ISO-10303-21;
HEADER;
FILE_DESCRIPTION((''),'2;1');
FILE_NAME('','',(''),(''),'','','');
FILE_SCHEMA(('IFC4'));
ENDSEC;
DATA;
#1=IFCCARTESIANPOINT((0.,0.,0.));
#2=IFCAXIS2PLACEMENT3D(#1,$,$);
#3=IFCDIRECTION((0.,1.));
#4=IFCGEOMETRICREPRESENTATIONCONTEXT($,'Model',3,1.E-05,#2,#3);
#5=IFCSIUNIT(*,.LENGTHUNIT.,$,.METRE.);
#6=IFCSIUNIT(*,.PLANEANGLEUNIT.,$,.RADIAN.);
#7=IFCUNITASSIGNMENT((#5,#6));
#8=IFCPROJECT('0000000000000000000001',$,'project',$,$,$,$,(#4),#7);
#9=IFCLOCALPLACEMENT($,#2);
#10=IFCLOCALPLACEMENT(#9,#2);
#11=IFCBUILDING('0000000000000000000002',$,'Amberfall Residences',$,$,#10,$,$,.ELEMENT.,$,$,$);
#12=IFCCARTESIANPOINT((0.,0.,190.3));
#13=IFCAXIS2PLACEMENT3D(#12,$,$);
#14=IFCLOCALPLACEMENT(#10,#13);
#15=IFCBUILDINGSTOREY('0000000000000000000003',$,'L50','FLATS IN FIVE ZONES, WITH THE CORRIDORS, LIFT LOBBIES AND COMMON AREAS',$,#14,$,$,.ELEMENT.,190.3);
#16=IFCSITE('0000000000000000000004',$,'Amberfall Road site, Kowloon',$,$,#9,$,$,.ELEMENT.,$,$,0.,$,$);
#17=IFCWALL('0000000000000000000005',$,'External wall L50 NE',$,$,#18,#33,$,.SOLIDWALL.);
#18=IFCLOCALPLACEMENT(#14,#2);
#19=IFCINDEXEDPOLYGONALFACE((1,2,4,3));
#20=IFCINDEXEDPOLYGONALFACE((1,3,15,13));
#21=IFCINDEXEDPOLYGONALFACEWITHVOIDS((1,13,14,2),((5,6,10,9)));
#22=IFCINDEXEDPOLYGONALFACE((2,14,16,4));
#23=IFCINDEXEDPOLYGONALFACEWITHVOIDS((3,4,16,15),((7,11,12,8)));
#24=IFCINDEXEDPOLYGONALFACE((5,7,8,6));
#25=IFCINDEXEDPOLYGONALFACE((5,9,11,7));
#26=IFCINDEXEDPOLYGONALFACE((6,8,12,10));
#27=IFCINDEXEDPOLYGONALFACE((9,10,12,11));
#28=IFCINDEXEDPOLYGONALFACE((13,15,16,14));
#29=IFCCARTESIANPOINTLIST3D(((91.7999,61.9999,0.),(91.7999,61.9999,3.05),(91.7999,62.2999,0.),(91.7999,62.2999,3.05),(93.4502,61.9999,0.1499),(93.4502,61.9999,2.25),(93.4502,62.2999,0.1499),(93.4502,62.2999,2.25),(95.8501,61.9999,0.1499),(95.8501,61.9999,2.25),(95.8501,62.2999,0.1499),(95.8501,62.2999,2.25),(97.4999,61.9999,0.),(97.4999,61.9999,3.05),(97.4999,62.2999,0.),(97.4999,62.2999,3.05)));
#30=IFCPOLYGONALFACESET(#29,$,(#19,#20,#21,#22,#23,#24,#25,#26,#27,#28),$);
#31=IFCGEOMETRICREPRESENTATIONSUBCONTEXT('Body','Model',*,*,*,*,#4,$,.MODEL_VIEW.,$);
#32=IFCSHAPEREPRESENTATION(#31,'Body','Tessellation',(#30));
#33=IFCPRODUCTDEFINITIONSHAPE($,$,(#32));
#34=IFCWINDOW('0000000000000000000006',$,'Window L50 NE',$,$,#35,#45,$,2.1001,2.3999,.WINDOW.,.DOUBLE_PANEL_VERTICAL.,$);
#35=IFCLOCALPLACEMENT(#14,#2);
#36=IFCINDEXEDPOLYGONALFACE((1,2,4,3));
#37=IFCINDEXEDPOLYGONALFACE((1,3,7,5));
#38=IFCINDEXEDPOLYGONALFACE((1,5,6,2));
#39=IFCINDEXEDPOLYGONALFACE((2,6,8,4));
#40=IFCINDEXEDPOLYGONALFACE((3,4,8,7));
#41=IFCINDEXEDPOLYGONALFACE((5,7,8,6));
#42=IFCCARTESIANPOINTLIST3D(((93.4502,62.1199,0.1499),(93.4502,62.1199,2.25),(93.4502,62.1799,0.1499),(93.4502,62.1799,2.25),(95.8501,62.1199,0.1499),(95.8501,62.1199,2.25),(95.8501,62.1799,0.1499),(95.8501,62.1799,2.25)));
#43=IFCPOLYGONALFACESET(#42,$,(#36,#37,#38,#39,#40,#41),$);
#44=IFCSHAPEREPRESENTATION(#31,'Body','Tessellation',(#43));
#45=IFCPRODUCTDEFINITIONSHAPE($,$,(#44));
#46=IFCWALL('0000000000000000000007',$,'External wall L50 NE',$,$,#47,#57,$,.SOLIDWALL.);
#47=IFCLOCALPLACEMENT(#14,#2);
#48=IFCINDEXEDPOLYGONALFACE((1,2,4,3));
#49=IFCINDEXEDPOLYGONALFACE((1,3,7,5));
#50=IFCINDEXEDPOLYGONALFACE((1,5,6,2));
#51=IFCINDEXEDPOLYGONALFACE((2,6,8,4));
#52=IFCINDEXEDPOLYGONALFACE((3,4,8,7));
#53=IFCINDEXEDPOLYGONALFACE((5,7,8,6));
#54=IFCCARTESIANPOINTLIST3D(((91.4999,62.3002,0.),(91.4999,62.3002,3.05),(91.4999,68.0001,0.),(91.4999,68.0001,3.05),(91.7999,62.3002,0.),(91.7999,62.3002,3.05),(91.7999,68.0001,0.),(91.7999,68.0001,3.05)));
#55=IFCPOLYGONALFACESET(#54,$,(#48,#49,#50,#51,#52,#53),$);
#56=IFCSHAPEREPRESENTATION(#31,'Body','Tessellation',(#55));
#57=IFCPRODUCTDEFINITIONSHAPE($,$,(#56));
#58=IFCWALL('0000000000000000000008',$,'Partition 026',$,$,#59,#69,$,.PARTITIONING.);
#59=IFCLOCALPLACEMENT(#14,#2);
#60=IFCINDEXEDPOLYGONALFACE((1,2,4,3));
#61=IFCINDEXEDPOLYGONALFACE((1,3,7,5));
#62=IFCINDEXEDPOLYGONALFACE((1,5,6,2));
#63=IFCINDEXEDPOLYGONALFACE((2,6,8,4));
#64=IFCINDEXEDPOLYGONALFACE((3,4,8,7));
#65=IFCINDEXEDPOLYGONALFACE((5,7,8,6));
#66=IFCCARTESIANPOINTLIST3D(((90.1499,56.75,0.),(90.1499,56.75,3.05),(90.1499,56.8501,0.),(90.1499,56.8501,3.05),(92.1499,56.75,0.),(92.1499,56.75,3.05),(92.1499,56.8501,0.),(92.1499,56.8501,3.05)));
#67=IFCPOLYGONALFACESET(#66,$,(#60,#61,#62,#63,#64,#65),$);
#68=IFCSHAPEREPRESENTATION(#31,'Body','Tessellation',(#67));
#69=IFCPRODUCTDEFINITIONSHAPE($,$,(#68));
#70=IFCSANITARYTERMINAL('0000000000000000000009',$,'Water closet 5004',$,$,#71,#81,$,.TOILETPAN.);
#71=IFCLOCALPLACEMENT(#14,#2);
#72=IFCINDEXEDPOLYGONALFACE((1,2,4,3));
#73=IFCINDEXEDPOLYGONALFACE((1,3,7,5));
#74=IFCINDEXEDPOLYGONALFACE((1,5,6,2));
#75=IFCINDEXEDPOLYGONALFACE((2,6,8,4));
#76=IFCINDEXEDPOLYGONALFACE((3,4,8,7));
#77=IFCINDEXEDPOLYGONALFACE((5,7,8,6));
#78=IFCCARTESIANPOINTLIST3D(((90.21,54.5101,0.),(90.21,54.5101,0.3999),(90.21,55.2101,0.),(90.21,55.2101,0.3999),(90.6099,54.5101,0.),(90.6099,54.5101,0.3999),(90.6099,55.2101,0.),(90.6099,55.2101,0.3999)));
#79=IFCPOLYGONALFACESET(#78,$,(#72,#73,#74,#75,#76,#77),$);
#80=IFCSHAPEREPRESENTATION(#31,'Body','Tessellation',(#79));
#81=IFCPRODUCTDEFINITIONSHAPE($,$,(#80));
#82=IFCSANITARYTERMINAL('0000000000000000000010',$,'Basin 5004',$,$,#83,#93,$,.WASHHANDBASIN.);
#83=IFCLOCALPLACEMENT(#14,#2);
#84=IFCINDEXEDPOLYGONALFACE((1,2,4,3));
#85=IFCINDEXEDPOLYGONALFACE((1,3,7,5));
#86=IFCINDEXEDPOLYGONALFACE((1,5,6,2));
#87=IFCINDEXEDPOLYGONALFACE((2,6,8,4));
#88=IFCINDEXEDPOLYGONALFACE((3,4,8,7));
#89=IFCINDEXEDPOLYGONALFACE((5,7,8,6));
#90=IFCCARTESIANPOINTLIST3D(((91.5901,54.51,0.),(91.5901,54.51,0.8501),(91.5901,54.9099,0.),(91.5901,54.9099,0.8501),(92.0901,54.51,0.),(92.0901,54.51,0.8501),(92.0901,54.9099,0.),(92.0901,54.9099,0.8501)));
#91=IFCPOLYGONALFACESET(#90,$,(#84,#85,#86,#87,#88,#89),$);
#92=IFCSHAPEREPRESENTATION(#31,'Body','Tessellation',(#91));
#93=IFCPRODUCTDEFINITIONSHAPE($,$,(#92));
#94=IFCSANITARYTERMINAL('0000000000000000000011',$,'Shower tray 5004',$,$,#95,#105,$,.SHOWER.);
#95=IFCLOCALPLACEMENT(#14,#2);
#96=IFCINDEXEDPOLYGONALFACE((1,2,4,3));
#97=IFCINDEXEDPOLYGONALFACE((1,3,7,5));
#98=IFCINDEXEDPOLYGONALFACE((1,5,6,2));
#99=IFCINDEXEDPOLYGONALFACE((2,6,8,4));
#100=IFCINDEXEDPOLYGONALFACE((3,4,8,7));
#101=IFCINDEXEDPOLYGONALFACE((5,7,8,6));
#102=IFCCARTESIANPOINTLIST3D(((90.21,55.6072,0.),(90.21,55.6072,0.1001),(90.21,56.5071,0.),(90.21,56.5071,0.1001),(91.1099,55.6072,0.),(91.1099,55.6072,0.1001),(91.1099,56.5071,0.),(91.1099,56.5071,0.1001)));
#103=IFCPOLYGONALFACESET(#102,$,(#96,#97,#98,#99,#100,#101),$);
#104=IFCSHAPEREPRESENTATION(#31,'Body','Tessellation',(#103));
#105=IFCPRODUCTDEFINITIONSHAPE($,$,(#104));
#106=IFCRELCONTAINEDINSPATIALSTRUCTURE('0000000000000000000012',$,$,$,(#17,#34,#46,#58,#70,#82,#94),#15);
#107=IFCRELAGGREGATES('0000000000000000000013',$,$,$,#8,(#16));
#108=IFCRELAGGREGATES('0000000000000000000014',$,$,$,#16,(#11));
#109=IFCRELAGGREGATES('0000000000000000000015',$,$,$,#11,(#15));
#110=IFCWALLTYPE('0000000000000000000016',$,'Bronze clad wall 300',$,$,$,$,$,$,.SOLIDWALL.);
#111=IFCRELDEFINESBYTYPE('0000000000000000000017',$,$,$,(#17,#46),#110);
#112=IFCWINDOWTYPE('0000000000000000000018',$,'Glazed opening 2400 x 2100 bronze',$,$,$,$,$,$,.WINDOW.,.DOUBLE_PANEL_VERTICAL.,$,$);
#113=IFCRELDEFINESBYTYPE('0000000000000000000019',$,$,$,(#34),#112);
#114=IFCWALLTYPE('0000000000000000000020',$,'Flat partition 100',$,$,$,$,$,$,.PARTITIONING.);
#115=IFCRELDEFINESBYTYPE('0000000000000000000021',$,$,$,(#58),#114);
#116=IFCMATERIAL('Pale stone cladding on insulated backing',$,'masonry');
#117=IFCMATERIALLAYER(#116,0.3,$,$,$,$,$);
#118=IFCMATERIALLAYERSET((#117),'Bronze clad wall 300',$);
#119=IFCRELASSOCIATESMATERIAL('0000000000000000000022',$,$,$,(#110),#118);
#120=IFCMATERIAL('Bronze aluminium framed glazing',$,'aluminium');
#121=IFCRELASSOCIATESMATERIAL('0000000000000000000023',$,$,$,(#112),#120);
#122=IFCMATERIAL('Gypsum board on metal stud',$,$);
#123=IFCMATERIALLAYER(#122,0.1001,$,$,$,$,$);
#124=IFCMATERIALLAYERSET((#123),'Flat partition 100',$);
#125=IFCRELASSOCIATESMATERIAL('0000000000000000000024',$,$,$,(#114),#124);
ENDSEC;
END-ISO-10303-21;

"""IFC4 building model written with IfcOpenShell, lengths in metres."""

from ifc_helpers import new_model, si_unit, direction, frame, frame_2d, origin, origin_2d, place, context, subcontext, project, spatial, rectangle, extrude, material, layer, layer_set, type_object, element, fill, save


model = new_model("IFC4")

# Units and contexts
model_context = context("Model", 3, precision=1e-05, world=origin(), true_north=direction((0.0, 1.0)))
body_context = subcontext(model_context, "Body", "Model", "MODEL_VIEW")
ifc_project = project(units=[si_unit("LENGTHUNIT", "METRE"), si_unit("PLANEANGLEUNIT", "RADIAN")], contexts=[model_context])

# Site, building, storey
site_placement = place(None, origin())
site = spatial("IfcSite", under=ifc_project, at=site_placement, Name="Amberfall Road site, Kowloon", CompositionType="ELEMENT", RefElevation=0.0)
building_placement = place(site_placement, origin())
building = spatial("IfcBuilding", under=site, at=building_placement, Name="Amberfall Residences", CompositionType="ELEMENT")
storey_placement = place(building_placement, frame((0.0, 0.0, 190.3)))
storey = spatial("IfcBuildingStorey", under=building, at=storey_placement, Name="L50", Description="FLATS IN FIVE ZONES, WITH THE CORRIDORS, LIFT LOBBIES AND COMMON AREAS", CompositionType="ELEMENT", Elevation=190.3)

# Wall, opening, window
ifc_material_1 = material(Name="Pale stone cladding on insulated backing", Category="masonry")
ifc_layer_1 = layer(ifc_material_1, 0.3)
ifc_layer_set_1 = layer_set([ifc_layer_1], Name="Bronze clad wall 300")
wall_type_1 = type_object("IfcWallType", Name="Bronze clad wall 300", PredefinedType="SOLIDWALL", material=ifc_layer_set_1)
wall_1_placement = place(storey_placement, frame((97.5, 62.1499, 0.0), z_axis=(0.0, 0.0, 1.0), x_axis=(-1.0, 0.0, 0.0)))
wall_1 = element("IfcWall", 1, at=wall_1_placement, inside=storey, type_object=wall_type_1, Name="External wall L50 NE", PredefinedType="SOLIDWALL", context=body_context, shape_type="SweptSolid", body=[
    extrude(rectangle(XDim=5.7, YDim=0.3, at=frame_2d((2.8501, 0.0))), origin(), (0.0, 0.0, 1.0), 3.05),
])
opening_placement = place(wall_1_placement, frame((1.6499, 0.0, 0.1499)))
opening = element("IfcOpeningElement", 2, at=opening_placement, cuts=wall_1, PredefinedType="OPENING", context=body_context, shape_type="SweptSolid", body=[
    extrude(rectangle(XDim=2.3999, YDim=2.1001, at=frame_2d((1.2, 1.05))), frame((0.0, 0.1599, 0.0), z_axis=(0.0, -1.0, 0.0), x_axis=(1.0, 0.0, 0.0)), (0.0, 0.0, 1.0), 0.3201),
])
ifc_material_2 = material(Name="Bronze aluminium framed glazing", Category="aluminium")
window_type = type_object("IfcWindowType", Name="Glazed opening 2400 x 2100 bronze", PartitioningType="DOUBLE_PANEL_VERTICAL", PredefinedType="WINDOW", material=ifc_material_2)
window_placement = place(opening_placement, origin())
window = element("IfcWindow", 3, at=window_placement, inside=storey, type_object=window_type, Name="Window L50 NE", OverallHeight=2.1001, OverallWidth=2.3999, PartitioningType="DOUBLE_PANEL_VERTICAL", PredefinedType="WINDOW", context=body_context, shape_type="SweptSolid", body=[
    extrude(rectangle(XDim=2.3999, YDim=2.1001, at=frame_2d((1.2, 1.05))), frame((0.0, 0.03, 0.0), z_axis=(0.0, -1.0, 0.0), x_axis=(1.0, 0.0, 0.0)), (0.0, 0.0, 1.0), 0.0601),
])
fill(opening, window)

# Walls
wall_2_placement = place(storey_placement, frame((91.6499, 62.3, 0.0), z_axis=(0.0, 0.0, 1.0), x_axis=(0.0, 1.0, 0.0)))
element("IfcWall", 4, at=wall_2_placement, inside=storey, type_object=wall_type_1, Name="External wall L50 NE", PredefinedType="SOLIDWALL", context=body_context, shape_type="SweptSolid", body=[
    extrude(rectangle(XDim=5.7, YDim=0.3, at=frame_2d((2.8501, 0.0))), origin(), (0.0, 0.0, 1.0), 3.05),
])
ifc_material_3 = material(Name="Gypsum board on metal stud")
ifc_layer_2 = layer(ifc_material_3, 0.1001)
ifc_layer_set_2 = layer_set([ifc_layer_2], Name="Flat partition 100")
wall_type_2 = type_object("IfcWallType", Name="Flat partition 100", PredefinedType="PARTITIONING", material=ifc_layer_set_2)
wall_3_placement = place(storey_placement, frame((90.1499, 56.8, 0.0), z_axis=(0.0, 0.0, 1.0), x_axis=(1.0, 0.0, 0.0)))
element("IfcWall", 5, at=wall_3_placement, inside=storey, type_object=wall_type_2, Name="Partition 026", PredefinedType="PARTITIONING", context=body_context, shape_type="SweptSolid", body=[
    extrude(rectangle(XDim=2.0, YDim=0.1001, at=frame_2d((1.0, 0.0))), origin(), (0.0, 0.0, 1.0), 3.05),
])

# Sanitary terminals
sanitary_terminal_1_placement = place(storey_placement, frame((90.4099, 54.8601, 0.0), z_axis=(0.0, 0.0, 1.0), x_axis=(1.0, 0.0, 0.0)))
element("IfcSanitaryTerminal", 6, at=sanitary_terminal_1_placement, inside=storey, Name="Water closet 5004", PredefinedType="TOILETPAN", context=body_context, shape_type="SweptSolid", body=[
    extrude(rectangle(XDim=0.3999, YDim=0.7, at=origin_2d()), origin(), (0.0, 0.0, 1.0), 0.3999),
])
sanitary_terminal_2_placement = place(storey_placement, frame((91.8401, 54.71, 0.0), z_axis=(0.0, 0.0, 1.0), x_axis=(1.0, 0.0, 0.0)))
element("IfcSanitaryTerminal", 7, at=sanitary_terminal_2_placement, inside=storey, Name="Basin 5004", PredefinedType="WASHHANDBASIN", context=body_context, shape_type="SweptSolid", body=[
    extrude(rectangle(XDim=0.5, YDim=0.3999, at=origin_2d()), origin(), (0.0, 0.0, 1.0), 0.8501),
])
sanitary_terminal_3_placement = place(storey_placement, frame((90.6599, 56.0571, 0.0), z_axis=(0.0, 0.0, 1.0), x_axis=(1.0, 0.0, 0.0)))
element("IfcSanitaryTerminal", 8, at=sanitary_terminal_3_placement, inside=storey, Name="Shower tray 5004", PredefinedType="SHOWER", context=body_context, shape_type="SweptSolid", body=[
    extrude(rectangle(XDim=0.8999, YDim=0.8999, at=origin_2d()), origin(), (0.0, 0.0, 1.0), 0.1001),
])

save(model, "model.ifc")
